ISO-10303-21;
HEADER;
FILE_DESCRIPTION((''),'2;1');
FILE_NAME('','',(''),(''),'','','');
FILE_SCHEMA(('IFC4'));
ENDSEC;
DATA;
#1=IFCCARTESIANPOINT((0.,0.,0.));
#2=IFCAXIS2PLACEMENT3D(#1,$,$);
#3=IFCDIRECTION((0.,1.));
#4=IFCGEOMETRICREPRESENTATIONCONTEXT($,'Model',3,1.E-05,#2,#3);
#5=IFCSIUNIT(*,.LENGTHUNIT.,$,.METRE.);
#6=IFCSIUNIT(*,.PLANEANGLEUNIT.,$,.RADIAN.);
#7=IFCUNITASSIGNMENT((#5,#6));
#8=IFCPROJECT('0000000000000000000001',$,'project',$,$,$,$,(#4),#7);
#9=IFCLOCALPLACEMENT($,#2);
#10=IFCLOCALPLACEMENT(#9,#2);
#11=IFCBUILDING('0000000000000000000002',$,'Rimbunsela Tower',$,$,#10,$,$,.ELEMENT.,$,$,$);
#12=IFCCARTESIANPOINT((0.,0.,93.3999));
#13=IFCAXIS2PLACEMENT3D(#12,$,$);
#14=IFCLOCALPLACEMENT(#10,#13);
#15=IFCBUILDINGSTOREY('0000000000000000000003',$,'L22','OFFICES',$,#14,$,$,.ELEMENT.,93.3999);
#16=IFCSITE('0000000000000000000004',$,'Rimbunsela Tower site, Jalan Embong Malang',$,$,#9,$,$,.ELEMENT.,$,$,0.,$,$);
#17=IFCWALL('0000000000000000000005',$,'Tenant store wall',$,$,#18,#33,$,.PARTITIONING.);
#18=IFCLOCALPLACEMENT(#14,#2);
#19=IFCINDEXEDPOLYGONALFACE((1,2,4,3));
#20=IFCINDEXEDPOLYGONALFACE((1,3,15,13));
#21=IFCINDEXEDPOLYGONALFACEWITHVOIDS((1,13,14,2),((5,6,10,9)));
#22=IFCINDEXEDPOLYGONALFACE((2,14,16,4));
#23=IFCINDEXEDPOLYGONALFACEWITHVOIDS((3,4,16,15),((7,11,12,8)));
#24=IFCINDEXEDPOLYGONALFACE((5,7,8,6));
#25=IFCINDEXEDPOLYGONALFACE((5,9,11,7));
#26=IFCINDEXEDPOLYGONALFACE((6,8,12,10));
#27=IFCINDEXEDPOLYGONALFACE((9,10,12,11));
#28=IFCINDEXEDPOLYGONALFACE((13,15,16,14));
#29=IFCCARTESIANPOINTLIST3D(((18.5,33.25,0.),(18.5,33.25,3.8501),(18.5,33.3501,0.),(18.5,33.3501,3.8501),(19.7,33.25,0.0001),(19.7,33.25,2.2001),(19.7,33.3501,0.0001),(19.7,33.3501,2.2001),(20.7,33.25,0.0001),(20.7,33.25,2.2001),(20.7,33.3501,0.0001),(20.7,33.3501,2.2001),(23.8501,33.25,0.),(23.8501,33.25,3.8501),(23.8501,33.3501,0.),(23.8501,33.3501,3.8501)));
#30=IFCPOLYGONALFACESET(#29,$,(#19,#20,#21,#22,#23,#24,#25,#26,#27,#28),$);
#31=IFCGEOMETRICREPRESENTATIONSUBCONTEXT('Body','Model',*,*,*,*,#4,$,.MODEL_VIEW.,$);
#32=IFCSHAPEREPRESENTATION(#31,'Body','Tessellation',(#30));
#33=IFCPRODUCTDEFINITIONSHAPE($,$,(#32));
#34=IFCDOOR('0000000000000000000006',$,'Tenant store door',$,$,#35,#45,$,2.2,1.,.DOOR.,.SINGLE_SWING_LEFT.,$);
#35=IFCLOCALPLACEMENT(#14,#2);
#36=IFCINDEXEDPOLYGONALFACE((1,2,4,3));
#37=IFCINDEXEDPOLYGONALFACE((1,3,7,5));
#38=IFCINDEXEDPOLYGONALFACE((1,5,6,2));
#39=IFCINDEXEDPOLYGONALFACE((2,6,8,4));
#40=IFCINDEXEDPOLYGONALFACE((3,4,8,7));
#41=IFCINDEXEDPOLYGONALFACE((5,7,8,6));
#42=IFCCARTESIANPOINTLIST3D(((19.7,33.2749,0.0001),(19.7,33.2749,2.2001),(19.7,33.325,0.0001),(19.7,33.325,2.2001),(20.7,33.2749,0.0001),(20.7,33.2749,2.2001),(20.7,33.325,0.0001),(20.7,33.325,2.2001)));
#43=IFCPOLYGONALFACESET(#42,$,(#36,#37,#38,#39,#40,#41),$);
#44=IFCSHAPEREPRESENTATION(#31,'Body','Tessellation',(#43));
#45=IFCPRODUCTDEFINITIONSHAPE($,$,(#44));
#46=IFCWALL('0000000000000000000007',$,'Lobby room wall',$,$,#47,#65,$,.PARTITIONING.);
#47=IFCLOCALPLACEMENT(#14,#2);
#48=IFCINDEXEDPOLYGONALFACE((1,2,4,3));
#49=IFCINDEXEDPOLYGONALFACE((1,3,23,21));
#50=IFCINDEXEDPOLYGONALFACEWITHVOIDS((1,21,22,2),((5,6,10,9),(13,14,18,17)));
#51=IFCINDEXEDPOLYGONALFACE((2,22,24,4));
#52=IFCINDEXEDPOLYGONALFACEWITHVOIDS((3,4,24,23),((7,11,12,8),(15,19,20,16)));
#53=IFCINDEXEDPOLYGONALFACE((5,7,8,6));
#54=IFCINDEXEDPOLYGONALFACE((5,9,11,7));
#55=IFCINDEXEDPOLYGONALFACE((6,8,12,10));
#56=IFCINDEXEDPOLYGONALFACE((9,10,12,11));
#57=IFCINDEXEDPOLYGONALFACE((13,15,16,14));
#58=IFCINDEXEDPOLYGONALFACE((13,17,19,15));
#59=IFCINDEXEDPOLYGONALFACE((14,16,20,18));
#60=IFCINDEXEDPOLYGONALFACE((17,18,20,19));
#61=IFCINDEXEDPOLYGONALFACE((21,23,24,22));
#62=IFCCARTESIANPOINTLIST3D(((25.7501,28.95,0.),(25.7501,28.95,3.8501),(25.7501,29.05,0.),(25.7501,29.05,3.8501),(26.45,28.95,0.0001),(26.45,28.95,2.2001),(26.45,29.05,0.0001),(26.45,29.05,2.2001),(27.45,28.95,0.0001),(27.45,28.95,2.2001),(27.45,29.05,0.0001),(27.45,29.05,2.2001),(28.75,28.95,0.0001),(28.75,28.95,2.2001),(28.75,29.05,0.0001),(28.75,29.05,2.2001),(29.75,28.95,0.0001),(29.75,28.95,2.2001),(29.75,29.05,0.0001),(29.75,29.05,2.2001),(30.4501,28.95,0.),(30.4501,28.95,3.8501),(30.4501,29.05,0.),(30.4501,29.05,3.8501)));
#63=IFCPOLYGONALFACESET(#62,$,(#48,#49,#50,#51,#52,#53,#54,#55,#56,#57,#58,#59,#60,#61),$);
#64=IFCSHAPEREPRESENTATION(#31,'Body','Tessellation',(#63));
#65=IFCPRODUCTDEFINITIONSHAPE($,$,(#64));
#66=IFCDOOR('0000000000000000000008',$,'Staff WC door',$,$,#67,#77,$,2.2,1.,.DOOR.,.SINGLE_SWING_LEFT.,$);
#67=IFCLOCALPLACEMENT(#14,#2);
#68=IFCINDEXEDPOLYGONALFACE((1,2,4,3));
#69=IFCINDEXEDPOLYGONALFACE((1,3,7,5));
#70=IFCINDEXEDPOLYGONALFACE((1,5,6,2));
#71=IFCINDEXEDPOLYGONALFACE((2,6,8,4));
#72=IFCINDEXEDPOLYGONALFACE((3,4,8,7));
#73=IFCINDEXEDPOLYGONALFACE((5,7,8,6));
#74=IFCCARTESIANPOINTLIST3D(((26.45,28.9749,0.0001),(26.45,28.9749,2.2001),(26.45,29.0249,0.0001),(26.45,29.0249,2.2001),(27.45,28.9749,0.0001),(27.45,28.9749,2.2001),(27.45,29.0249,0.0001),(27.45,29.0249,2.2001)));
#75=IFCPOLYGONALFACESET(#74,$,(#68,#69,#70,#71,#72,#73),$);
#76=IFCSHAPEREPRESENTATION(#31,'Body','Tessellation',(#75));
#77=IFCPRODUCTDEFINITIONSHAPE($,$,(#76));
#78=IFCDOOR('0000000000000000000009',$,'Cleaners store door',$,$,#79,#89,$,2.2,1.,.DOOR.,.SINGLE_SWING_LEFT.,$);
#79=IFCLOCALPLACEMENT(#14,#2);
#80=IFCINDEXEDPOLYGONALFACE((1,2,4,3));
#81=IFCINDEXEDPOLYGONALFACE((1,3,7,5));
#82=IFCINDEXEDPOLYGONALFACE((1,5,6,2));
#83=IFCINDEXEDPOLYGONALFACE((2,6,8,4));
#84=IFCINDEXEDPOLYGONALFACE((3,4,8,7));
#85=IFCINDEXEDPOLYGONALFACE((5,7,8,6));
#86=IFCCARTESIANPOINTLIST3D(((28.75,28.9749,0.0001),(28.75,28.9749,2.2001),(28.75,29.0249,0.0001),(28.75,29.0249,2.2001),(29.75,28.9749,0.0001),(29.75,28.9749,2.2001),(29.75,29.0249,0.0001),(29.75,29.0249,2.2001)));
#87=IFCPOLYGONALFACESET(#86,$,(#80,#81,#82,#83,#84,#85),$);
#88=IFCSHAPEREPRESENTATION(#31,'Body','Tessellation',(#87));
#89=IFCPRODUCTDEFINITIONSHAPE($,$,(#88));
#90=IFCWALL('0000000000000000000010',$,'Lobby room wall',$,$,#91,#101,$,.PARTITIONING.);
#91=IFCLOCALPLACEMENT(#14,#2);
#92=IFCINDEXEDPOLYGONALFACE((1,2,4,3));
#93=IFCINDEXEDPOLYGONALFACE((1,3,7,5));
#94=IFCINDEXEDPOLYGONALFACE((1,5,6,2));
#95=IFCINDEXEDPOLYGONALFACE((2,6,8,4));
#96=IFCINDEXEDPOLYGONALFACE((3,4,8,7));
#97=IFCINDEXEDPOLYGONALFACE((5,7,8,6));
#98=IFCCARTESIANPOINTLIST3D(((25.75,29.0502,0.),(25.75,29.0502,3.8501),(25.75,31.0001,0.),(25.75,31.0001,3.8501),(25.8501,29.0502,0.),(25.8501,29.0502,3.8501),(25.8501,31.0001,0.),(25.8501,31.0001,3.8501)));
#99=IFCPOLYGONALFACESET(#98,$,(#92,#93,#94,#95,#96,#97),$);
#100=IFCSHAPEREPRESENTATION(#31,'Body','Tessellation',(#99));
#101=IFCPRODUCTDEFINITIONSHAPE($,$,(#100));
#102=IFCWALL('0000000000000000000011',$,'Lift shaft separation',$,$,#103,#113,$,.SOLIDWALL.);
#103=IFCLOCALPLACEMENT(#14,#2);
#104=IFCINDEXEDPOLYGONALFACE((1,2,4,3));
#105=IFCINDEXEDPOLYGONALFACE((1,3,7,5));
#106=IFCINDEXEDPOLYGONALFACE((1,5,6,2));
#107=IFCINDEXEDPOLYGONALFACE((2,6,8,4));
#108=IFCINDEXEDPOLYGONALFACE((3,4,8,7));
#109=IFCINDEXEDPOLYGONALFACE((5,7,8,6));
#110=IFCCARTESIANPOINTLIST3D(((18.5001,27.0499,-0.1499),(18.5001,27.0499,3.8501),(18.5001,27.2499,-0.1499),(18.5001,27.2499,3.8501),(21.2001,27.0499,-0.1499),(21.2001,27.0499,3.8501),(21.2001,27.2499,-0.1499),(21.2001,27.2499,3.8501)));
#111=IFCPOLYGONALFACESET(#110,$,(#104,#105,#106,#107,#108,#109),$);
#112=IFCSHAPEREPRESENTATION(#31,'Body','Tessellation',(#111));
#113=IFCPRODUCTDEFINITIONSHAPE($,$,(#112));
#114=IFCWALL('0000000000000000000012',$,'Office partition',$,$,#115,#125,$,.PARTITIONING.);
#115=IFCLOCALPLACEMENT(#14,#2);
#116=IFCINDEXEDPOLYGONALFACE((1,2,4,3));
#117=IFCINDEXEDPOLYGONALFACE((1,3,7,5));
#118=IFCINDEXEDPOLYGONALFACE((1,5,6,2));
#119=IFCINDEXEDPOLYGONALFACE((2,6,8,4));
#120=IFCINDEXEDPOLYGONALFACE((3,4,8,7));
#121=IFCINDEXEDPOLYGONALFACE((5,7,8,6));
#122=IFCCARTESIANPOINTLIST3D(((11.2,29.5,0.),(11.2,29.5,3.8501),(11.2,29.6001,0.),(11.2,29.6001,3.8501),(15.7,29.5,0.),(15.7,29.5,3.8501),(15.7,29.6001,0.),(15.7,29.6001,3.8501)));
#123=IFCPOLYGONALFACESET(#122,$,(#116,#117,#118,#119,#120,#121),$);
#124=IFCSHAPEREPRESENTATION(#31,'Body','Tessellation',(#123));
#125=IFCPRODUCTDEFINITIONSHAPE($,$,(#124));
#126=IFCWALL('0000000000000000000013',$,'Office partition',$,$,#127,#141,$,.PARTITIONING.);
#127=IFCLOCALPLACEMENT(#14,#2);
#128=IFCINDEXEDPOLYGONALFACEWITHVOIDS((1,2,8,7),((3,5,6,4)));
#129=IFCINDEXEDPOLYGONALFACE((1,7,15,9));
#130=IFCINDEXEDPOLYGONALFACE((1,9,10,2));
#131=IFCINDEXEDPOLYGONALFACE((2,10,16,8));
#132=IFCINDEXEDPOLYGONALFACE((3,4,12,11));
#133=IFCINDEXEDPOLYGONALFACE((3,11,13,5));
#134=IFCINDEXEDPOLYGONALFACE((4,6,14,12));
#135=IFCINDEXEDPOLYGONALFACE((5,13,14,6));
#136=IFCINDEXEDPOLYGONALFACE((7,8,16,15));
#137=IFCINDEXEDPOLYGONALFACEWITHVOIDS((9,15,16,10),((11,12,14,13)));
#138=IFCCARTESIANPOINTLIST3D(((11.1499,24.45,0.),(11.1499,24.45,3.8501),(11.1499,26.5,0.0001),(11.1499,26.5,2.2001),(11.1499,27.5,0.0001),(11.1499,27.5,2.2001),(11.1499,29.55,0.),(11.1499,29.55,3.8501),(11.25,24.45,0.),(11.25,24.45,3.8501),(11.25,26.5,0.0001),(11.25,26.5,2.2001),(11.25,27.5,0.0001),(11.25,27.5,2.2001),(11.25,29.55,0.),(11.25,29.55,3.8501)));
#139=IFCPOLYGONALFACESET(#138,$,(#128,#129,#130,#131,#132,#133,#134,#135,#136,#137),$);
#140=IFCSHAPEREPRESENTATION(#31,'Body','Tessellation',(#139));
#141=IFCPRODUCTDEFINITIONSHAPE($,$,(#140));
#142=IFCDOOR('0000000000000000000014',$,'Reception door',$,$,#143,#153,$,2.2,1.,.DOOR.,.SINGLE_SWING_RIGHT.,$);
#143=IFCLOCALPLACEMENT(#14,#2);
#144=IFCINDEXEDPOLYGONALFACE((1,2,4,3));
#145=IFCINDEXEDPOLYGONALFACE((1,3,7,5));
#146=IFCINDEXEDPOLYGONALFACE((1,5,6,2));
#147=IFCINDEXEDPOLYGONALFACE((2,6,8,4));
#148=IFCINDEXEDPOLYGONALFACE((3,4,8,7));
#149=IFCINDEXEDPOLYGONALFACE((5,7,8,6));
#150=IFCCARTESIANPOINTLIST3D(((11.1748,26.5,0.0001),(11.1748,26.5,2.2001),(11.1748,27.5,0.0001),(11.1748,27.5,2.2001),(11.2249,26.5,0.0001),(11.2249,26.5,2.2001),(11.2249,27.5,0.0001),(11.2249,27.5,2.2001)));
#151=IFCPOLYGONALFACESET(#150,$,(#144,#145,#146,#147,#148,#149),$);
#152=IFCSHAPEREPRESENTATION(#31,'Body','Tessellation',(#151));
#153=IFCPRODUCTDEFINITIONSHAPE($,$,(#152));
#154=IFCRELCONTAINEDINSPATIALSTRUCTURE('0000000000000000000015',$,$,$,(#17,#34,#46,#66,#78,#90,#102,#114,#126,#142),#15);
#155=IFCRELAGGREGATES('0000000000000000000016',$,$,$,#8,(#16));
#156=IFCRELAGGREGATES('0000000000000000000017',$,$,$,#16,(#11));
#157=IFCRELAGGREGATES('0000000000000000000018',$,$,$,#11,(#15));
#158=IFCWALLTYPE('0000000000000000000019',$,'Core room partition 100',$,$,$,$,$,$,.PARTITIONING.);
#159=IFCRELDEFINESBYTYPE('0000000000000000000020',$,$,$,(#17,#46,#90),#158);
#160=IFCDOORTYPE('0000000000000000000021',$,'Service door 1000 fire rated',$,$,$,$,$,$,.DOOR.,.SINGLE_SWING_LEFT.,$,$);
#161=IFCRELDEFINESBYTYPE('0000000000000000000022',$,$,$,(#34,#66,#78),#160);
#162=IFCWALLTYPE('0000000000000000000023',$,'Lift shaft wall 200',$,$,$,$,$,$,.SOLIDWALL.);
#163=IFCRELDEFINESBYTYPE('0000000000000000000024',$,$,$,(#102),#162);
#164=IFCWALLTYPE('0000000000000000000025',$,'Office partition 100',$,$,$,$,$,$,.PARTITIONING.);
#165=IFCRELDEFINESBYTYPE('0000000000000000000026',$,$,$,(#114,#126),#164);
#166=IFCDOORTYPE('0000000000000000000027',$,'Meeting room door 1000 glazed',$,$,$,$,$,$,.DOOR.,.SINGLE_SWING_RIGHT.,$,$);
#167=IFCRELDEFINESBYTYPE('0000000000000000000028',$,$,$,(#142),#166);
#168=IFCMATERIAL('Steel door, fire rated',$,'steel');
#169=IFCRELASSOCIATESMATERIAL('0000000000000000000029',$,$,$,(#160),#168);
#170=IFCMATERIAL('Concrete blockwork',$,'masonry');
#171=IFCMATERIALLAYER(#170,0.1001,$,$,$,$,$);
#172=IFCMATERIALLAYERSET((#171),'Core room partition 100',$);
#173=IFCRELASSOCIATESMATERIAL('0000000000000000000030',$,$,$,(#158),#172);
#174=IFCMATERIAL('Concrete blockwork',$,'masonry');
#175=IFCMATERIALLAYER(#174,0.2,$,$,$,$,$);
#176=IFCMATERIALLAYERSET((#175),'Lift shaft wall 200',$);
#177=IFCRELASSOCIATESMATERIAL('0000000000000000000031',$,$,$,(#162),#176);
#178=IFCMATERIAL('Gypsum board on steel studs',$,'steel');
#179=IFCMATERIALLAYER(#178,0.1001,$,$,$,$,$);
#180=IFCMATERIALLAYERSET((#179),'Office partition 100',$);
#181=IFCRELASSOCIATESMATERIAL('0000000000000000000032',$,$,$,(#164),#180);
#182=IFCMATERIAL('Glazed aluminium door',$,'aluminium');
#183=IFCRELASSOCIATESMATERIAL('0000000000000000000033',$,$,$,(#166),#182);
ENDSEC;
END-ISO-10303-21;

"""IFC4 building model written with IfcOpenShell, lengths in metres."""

from ifc_helpers import new_model, si_unit, direction, frame, frame_2d, origin, place, context, subcontext, project, spatial, rectangle, extrude, material, layer, layer_set, type_object, element, fill, save


model = new_model("IFC4")

# Units and contexts
model_context = context("Model", 3, precision=1e-05, world=origin(), true_north=direction((0.0, 1.0)))
body_context = subcontext(model_context, "Body", "Model", "MODEL_VIEW")
ifc_project = project(units=[si_unit("LENGTHUNIT", "METRE"), si_unit("PLANEANGLEUNIT", "RADIAN")], contexts=[model_context])

# Site, building, storey
site_placement = place(None, origin())
site = spatial("IfcSite", under=ifc_project, at=site_placement, Name="Rimbunsela Tower site, Jalan Embong Malang", CompositionType="ELEMENT", RefElevation=0.0)
building_placement = place(site_placement, origin())
building = spatial("IfcBuilding", under=site, at=building_placement, Name="Rimbunsela Tower", CompositionType="ELEMENT")
storey_placement = place(building_placement, frame((0.0, 0.0, 93.3999)))
storey = spatial("IfcBuildingStorey", under=building, at=storey_placement, Name="L22", Description="OFFICES", CompositionType="ELEMENT", Elevation=93.3999)

# Shared definitions
ifc_material_1 = material(Name="Steel door, fire rated", Category="steel")
door_type_1 = type_object("IfcDoorType", Name="Service door 1000 fire rated", OperationType="SINGLE_SWING_LEFT", PredefinedType="DOOR", material=ifc_material_1)

# Wall, opening, door
ifc_material_2 = material(Name="Concrete blockwork", Category="masonry")
ifc_layer_1 = layer(ifc_material_2, 0.1001)
ifc_layer_set_1 = layer_set([ifc_layer_1], Name="Core room partition 100")
wall_type_1 = type_object("IfcWallType", Name="Core room partition 100", PredefinedType="PARTITIONING", material=ifc_layer_set_1)
wall_1_placement = place(storey_placement, frame((18.5, 33.3, 0.0), z_axis=(0.0, 0.0, 1.0), x_axis=(1.0, 0.0, 0.0)))
wall_1 = element("IfcWall", 1, at=wall_1_placement, inside=storey, type_object=wall_type_1, Name="Tenant store wall", PredefinedType="PARTITIONING", context=body_context, shape_type="SweptSolid", body=[
    extrude(rectangle(XDim=5.3501, YDim=0.1001, at=frame_2d((2.675, 0.0))), origin(), (0.0, 0.0, 1.0), 3.8501),
])
opening_1_placement = place(wall_1_placement, frame((1.2, 0.0, 0.0)))
opening_1 = element("IfcOpeningElement", 2, at=opening_1_placement, cuts=wall_1, PredefinedType="OPENING", context=body_context, shape_type="SweptSolid", body=[
    extrude(rectangle(XDim=1.0, YDim=2.2, at=frame_2d((0.5, 1.1001))), frame((0.0, 0.0601, 0.0), z_axis=(0.0, -1.0, 0.0), x_axis=(1.0, 0.0, 0.0)), (0.0, 0.0, 1.0), 0.1201),
])
door_1_placement = place(opening_1_placement, origin())
door_1 = element("IfcDoor", 3, at=door_1_placement, inside=storey, type_object=door_type_1, Name="Tenant store door", OperationType="SINGLE_SWING_LEFT", OverallHeight=2.2, OverallWidth=1.0, PredefinedType="DOOR", context=body_context, shape_type="SweptSolid", body=[
    extrude(rectangle(XDim=1.0, YDim=2.2, at=frame_2d((0.5, 1.1001))), frame((0.0, 0.0249, 0.0), z_axis=(0.0, -1.0, 0.0), x_axis=(1.0, 0.0, 0.0)), (0.0, 0.0, 1.0), 0.05),
])
fill(opening_1, door_1)

# Wall, openings, doors
wall_2_placement = place(storey_placement, frame((25.75, 29.0, 0.0), z_axis=(0.0, 0.0, 1.0), x_axis=(1.0, 0.0, 0.0)))
wall_2 = element("IfcWall", 4, at=wall_2_placement, inside=storey, type_object=wall_type_1, Name="Lobby room wall", PredefinedType="PARTITIONING", context=body_context, shape_type="SweptSolid", body=[
    extrude(rectangle(XDim=4.7, YDim=0.1001, at=frame_2d((2.3501, 0.0))), origin(), (0.0, 0.0, 1.0), 3.8501),
])
opening_2_placement = place(wall_2_placement, frame((0.7, 0.0, 0.0)))
opening_2 = element("IfcOpeningElement", 5, at=opening_2_placement, cuts=wall_2, PredefinedType="OPENING", context=body_context, shape_type="SweptSolid", body=[
    extrude(rectangle(XDim=1.0, YDim=2.2, at=frame_2d((0.5, 1.1001))), frame((0.0, 0.0601, 0.0), z_axis=(0.0, -1.0, 0.0), x_axis=(1.0, 0.0, 0.0)), (0.0, 0.0, 1.0), 0.1201),
])
opening_3_placement = place(wall_2_placement, frame((3.0, 0.0, 0.0)))
opening_3 = element("IfcOpeningElement", 6, at=opening_3_placement, cuts=wall_2, PredefinedType="OPENING", context=body_context, shape_type="SweptSolid", body=[
    extrude(rectangle(XDim=1.0, YDim=2.2, at=frame_2d((0.5, 1.1001))), frame((0.0, 0.0601, 0.0), z_axis=(0.0, -1.0, 0.0), x_axis=(1.0, 0.0, 0.0)), (0.0, 0.0, 1.0), 0.1201),
])
door_2_placement = place(opening_2_placement, origin())
door_2 = element("IfcDoor", 7, at=door_2_placement, inside=storey, type_object=door_type_1, Name="Staff WC door", OperationType="SINGLE_SWING_LEFT", OverallHeight=2.2, OverallWidth=1.0, PredefinedType="DOOR", context=body_context, shape_type="SweptSolid", body=[
    extrude(rectangle(XDim=1.0, YDim=2.2, at=frame_2d((0.5, 1.1001))), frame((0.0, 0.0249, 0.0), z_axis=(0.0, -1.0, 0.0), x_axis=(1.0, 0.0, 0.0)), (0.0, 0.0, 1.0), 0.05),
])
fill(opening_2, door_2)
door_3_placement = place(opening_3_placement, origin())
door_3 = element("IfcDoor", 8, at=door_3_placement, inside=storey, type_object=door_type_1, Name="Cleaners store door", OperationType="SINGLE_SWING_LEFT", OverallHeight=2.2, OverallWidth=1.0, PredefinedType="DOOR", context=body_context, shape_type="SweptSolid", body=[
    extrude(rectangle(XDim=1.0, YDim=2.2, at=frame_2d((0.5, 1.1001))), frame((0.0, 0.0249, 0.0), z_axis=(0.0, -1.0, 0.0), x_axis=(1.0, 0.0, 0.0)), (0.0, 0.0, 1.0), 0.05),
])
fill(opening_3, door_3)

# Walls
wall_3_placement = place(storey_placement, frame((25.8, 29.05, 0.0), z_axis=(0.0, 0.0, 1.0), x_axis=(0.0, 1.0, 0.0)))
element("IfcWall", 9, at=wall_3_placement, inside=storey, type_object=wall_type_1, Name="Lobby room wall", PredefinedType="PARTITIONING", context=body_context, shape_type="SweptSolid", body=[
    extrude(rectangle(XDim=1.95, YDim=0.1001, at=frame_2d((0.9751, 0.0))), origin(), (0.0, 0.0, 1.0), 3.8501),
])
ifc_material_3 = material(Name="Concrete blockwork", Category="masonry")
ifc_layer_2 = layer(ifc_material_3, 0.2)
ifc_layer_set_2 = layer_set([ifc_layer_2], Name="Lift shaft wall 200")
wall_type_2 = type_object("IfcWallType", Name="Lift shaft wall 200", PredefinedType="SOLIDWALL", material=ifc_layer_set_2)
wall_4_placement = place(storey_placement, frame((18.5, 27.1499, -0.1499), z_axis=(0.0, 0.0, 1.0), x_axis=(1.0, 0.0, 0.0)))
element("IfcWall", 10, at=wall_4_placement, inside=storey, type_object=wall_type_2, Name="Lift shaft separation", PredefinedType="SOLIDWALL", context=body_context, shape_type="SweptSolid", body=[
    extrude(rectangle(XDim=2.7, YDim=0.2, at=frame_2d((1.3501, 0.0))), origin(), (0.0, 0.0, 1.0), 4.0),
])
ifc_material_4 = material(Name="Gypsum board on steel studs", Category="steel")
ifc_layer_3 = layer(ifc_material_4, 0.1001)
ifc_layer_set_3 = layer_set([ifc_layer_3], Name="Office partition 100")
wall_type_3 = type_object("IfcWallType", Name="Office partition 100", PredefinedType="PARTITIONING", material=ifc_layer_set_3)
wall_5_placement = place(storey_placement, frame((15.7, 29.55, 0.0), z_axis=(0.0, 0.0, 1.0), x_axis=(-1.0, 0.0, 0.0)))
element("IfcWall", 11, at=wall_5_placement, inside=storey, type_object=wall_type_3, Name="Office partition", PredefinedType="PARTITIONING", context=body_context, shape_type="SweptSolid", body=[
    extrude(rectangle(XDim=4.5, YDim=0.1001, at=frame_2d((2.25, 0.0))), origin(), (0.0, 0.0, 1.0), 3.8501),
])

# Wall, opening, door
wall_6_placement = place(storey_placement, frame((11.2, 29.55, 0.0), z_axis=(0.0, 0.0, 1.0), x_axis=(0.0, -1.0, 0.0)))
wall_6 = element("IfcWall", 12, at=wall_6_placement, inside=storey, type_object=wall_type_3, Name="Office partition", PredefinedType="PARTITIONING", context=body_context, shape_type="SweptSolid", body=[
    extrude(rectangle(XDim=5.1001, YDim=0.1001, at=frame_2d((2.55, 0.0))), origin(), (0.0, 0.0, 1.0), 3.8501),
])
opening_4_placement = place(wall_6_placement, frame((2.05, 0.0, 0.0)))
opening_4 = element("IfcOpeningElement", 13, at=opening_4_placement, cuts=wall_6, PredefinedType="OPENING", context=body_context, shape_type="SweptSolid", body=[
    extrude(rectangle(XDim=1.0, YDim=2.2, at=frame_2d((0.5, 1.1001))), frame((0.0, 0.0601, 0.0), z_axis=(0.0, -1.0, 0.0), x_axis=(1.0, 0.0, 0.0)), (0.0, 0.0, 1.0), 0.1201),
])
ifc_material_5 = material(Name="Glazed aluminium door", Category="aluminium")
door_type_2 = type_object("IfcDoorType", Name="Meeting room door 1000 glazed", OperationType="SINGLE_SWING_RIGHT", PredefinedType="DOOR", material=ifc_material_5)
door_4_placement = place(opening_4_placement, origin())
door_4 = element("IfcDoor", 14, at=door_4_placement, inside=storey, type_object=door_type_2, Name="Reception door", OperationType="SINGLE_SWING_RIGHT", OverallHeight=2.2, OverallWidth=1.0, PredefinedType="DOOR", context=body_context, shape_type="SweptSolid", body=[
    extrude(rectangle(XDim=1.0, YDim=2.2, at=frame_2d((0.5, 1.1001))), frame((0.0, 0.0249, 0.0), z_axis=(0.0, -1.0, 0.0), x_axis=(1.0, 0.0, 0.0)), (0.0, 0.0, 1.0), 0.05),
])
fill(opening_4, door_4)

save(model, "model.ifc")
